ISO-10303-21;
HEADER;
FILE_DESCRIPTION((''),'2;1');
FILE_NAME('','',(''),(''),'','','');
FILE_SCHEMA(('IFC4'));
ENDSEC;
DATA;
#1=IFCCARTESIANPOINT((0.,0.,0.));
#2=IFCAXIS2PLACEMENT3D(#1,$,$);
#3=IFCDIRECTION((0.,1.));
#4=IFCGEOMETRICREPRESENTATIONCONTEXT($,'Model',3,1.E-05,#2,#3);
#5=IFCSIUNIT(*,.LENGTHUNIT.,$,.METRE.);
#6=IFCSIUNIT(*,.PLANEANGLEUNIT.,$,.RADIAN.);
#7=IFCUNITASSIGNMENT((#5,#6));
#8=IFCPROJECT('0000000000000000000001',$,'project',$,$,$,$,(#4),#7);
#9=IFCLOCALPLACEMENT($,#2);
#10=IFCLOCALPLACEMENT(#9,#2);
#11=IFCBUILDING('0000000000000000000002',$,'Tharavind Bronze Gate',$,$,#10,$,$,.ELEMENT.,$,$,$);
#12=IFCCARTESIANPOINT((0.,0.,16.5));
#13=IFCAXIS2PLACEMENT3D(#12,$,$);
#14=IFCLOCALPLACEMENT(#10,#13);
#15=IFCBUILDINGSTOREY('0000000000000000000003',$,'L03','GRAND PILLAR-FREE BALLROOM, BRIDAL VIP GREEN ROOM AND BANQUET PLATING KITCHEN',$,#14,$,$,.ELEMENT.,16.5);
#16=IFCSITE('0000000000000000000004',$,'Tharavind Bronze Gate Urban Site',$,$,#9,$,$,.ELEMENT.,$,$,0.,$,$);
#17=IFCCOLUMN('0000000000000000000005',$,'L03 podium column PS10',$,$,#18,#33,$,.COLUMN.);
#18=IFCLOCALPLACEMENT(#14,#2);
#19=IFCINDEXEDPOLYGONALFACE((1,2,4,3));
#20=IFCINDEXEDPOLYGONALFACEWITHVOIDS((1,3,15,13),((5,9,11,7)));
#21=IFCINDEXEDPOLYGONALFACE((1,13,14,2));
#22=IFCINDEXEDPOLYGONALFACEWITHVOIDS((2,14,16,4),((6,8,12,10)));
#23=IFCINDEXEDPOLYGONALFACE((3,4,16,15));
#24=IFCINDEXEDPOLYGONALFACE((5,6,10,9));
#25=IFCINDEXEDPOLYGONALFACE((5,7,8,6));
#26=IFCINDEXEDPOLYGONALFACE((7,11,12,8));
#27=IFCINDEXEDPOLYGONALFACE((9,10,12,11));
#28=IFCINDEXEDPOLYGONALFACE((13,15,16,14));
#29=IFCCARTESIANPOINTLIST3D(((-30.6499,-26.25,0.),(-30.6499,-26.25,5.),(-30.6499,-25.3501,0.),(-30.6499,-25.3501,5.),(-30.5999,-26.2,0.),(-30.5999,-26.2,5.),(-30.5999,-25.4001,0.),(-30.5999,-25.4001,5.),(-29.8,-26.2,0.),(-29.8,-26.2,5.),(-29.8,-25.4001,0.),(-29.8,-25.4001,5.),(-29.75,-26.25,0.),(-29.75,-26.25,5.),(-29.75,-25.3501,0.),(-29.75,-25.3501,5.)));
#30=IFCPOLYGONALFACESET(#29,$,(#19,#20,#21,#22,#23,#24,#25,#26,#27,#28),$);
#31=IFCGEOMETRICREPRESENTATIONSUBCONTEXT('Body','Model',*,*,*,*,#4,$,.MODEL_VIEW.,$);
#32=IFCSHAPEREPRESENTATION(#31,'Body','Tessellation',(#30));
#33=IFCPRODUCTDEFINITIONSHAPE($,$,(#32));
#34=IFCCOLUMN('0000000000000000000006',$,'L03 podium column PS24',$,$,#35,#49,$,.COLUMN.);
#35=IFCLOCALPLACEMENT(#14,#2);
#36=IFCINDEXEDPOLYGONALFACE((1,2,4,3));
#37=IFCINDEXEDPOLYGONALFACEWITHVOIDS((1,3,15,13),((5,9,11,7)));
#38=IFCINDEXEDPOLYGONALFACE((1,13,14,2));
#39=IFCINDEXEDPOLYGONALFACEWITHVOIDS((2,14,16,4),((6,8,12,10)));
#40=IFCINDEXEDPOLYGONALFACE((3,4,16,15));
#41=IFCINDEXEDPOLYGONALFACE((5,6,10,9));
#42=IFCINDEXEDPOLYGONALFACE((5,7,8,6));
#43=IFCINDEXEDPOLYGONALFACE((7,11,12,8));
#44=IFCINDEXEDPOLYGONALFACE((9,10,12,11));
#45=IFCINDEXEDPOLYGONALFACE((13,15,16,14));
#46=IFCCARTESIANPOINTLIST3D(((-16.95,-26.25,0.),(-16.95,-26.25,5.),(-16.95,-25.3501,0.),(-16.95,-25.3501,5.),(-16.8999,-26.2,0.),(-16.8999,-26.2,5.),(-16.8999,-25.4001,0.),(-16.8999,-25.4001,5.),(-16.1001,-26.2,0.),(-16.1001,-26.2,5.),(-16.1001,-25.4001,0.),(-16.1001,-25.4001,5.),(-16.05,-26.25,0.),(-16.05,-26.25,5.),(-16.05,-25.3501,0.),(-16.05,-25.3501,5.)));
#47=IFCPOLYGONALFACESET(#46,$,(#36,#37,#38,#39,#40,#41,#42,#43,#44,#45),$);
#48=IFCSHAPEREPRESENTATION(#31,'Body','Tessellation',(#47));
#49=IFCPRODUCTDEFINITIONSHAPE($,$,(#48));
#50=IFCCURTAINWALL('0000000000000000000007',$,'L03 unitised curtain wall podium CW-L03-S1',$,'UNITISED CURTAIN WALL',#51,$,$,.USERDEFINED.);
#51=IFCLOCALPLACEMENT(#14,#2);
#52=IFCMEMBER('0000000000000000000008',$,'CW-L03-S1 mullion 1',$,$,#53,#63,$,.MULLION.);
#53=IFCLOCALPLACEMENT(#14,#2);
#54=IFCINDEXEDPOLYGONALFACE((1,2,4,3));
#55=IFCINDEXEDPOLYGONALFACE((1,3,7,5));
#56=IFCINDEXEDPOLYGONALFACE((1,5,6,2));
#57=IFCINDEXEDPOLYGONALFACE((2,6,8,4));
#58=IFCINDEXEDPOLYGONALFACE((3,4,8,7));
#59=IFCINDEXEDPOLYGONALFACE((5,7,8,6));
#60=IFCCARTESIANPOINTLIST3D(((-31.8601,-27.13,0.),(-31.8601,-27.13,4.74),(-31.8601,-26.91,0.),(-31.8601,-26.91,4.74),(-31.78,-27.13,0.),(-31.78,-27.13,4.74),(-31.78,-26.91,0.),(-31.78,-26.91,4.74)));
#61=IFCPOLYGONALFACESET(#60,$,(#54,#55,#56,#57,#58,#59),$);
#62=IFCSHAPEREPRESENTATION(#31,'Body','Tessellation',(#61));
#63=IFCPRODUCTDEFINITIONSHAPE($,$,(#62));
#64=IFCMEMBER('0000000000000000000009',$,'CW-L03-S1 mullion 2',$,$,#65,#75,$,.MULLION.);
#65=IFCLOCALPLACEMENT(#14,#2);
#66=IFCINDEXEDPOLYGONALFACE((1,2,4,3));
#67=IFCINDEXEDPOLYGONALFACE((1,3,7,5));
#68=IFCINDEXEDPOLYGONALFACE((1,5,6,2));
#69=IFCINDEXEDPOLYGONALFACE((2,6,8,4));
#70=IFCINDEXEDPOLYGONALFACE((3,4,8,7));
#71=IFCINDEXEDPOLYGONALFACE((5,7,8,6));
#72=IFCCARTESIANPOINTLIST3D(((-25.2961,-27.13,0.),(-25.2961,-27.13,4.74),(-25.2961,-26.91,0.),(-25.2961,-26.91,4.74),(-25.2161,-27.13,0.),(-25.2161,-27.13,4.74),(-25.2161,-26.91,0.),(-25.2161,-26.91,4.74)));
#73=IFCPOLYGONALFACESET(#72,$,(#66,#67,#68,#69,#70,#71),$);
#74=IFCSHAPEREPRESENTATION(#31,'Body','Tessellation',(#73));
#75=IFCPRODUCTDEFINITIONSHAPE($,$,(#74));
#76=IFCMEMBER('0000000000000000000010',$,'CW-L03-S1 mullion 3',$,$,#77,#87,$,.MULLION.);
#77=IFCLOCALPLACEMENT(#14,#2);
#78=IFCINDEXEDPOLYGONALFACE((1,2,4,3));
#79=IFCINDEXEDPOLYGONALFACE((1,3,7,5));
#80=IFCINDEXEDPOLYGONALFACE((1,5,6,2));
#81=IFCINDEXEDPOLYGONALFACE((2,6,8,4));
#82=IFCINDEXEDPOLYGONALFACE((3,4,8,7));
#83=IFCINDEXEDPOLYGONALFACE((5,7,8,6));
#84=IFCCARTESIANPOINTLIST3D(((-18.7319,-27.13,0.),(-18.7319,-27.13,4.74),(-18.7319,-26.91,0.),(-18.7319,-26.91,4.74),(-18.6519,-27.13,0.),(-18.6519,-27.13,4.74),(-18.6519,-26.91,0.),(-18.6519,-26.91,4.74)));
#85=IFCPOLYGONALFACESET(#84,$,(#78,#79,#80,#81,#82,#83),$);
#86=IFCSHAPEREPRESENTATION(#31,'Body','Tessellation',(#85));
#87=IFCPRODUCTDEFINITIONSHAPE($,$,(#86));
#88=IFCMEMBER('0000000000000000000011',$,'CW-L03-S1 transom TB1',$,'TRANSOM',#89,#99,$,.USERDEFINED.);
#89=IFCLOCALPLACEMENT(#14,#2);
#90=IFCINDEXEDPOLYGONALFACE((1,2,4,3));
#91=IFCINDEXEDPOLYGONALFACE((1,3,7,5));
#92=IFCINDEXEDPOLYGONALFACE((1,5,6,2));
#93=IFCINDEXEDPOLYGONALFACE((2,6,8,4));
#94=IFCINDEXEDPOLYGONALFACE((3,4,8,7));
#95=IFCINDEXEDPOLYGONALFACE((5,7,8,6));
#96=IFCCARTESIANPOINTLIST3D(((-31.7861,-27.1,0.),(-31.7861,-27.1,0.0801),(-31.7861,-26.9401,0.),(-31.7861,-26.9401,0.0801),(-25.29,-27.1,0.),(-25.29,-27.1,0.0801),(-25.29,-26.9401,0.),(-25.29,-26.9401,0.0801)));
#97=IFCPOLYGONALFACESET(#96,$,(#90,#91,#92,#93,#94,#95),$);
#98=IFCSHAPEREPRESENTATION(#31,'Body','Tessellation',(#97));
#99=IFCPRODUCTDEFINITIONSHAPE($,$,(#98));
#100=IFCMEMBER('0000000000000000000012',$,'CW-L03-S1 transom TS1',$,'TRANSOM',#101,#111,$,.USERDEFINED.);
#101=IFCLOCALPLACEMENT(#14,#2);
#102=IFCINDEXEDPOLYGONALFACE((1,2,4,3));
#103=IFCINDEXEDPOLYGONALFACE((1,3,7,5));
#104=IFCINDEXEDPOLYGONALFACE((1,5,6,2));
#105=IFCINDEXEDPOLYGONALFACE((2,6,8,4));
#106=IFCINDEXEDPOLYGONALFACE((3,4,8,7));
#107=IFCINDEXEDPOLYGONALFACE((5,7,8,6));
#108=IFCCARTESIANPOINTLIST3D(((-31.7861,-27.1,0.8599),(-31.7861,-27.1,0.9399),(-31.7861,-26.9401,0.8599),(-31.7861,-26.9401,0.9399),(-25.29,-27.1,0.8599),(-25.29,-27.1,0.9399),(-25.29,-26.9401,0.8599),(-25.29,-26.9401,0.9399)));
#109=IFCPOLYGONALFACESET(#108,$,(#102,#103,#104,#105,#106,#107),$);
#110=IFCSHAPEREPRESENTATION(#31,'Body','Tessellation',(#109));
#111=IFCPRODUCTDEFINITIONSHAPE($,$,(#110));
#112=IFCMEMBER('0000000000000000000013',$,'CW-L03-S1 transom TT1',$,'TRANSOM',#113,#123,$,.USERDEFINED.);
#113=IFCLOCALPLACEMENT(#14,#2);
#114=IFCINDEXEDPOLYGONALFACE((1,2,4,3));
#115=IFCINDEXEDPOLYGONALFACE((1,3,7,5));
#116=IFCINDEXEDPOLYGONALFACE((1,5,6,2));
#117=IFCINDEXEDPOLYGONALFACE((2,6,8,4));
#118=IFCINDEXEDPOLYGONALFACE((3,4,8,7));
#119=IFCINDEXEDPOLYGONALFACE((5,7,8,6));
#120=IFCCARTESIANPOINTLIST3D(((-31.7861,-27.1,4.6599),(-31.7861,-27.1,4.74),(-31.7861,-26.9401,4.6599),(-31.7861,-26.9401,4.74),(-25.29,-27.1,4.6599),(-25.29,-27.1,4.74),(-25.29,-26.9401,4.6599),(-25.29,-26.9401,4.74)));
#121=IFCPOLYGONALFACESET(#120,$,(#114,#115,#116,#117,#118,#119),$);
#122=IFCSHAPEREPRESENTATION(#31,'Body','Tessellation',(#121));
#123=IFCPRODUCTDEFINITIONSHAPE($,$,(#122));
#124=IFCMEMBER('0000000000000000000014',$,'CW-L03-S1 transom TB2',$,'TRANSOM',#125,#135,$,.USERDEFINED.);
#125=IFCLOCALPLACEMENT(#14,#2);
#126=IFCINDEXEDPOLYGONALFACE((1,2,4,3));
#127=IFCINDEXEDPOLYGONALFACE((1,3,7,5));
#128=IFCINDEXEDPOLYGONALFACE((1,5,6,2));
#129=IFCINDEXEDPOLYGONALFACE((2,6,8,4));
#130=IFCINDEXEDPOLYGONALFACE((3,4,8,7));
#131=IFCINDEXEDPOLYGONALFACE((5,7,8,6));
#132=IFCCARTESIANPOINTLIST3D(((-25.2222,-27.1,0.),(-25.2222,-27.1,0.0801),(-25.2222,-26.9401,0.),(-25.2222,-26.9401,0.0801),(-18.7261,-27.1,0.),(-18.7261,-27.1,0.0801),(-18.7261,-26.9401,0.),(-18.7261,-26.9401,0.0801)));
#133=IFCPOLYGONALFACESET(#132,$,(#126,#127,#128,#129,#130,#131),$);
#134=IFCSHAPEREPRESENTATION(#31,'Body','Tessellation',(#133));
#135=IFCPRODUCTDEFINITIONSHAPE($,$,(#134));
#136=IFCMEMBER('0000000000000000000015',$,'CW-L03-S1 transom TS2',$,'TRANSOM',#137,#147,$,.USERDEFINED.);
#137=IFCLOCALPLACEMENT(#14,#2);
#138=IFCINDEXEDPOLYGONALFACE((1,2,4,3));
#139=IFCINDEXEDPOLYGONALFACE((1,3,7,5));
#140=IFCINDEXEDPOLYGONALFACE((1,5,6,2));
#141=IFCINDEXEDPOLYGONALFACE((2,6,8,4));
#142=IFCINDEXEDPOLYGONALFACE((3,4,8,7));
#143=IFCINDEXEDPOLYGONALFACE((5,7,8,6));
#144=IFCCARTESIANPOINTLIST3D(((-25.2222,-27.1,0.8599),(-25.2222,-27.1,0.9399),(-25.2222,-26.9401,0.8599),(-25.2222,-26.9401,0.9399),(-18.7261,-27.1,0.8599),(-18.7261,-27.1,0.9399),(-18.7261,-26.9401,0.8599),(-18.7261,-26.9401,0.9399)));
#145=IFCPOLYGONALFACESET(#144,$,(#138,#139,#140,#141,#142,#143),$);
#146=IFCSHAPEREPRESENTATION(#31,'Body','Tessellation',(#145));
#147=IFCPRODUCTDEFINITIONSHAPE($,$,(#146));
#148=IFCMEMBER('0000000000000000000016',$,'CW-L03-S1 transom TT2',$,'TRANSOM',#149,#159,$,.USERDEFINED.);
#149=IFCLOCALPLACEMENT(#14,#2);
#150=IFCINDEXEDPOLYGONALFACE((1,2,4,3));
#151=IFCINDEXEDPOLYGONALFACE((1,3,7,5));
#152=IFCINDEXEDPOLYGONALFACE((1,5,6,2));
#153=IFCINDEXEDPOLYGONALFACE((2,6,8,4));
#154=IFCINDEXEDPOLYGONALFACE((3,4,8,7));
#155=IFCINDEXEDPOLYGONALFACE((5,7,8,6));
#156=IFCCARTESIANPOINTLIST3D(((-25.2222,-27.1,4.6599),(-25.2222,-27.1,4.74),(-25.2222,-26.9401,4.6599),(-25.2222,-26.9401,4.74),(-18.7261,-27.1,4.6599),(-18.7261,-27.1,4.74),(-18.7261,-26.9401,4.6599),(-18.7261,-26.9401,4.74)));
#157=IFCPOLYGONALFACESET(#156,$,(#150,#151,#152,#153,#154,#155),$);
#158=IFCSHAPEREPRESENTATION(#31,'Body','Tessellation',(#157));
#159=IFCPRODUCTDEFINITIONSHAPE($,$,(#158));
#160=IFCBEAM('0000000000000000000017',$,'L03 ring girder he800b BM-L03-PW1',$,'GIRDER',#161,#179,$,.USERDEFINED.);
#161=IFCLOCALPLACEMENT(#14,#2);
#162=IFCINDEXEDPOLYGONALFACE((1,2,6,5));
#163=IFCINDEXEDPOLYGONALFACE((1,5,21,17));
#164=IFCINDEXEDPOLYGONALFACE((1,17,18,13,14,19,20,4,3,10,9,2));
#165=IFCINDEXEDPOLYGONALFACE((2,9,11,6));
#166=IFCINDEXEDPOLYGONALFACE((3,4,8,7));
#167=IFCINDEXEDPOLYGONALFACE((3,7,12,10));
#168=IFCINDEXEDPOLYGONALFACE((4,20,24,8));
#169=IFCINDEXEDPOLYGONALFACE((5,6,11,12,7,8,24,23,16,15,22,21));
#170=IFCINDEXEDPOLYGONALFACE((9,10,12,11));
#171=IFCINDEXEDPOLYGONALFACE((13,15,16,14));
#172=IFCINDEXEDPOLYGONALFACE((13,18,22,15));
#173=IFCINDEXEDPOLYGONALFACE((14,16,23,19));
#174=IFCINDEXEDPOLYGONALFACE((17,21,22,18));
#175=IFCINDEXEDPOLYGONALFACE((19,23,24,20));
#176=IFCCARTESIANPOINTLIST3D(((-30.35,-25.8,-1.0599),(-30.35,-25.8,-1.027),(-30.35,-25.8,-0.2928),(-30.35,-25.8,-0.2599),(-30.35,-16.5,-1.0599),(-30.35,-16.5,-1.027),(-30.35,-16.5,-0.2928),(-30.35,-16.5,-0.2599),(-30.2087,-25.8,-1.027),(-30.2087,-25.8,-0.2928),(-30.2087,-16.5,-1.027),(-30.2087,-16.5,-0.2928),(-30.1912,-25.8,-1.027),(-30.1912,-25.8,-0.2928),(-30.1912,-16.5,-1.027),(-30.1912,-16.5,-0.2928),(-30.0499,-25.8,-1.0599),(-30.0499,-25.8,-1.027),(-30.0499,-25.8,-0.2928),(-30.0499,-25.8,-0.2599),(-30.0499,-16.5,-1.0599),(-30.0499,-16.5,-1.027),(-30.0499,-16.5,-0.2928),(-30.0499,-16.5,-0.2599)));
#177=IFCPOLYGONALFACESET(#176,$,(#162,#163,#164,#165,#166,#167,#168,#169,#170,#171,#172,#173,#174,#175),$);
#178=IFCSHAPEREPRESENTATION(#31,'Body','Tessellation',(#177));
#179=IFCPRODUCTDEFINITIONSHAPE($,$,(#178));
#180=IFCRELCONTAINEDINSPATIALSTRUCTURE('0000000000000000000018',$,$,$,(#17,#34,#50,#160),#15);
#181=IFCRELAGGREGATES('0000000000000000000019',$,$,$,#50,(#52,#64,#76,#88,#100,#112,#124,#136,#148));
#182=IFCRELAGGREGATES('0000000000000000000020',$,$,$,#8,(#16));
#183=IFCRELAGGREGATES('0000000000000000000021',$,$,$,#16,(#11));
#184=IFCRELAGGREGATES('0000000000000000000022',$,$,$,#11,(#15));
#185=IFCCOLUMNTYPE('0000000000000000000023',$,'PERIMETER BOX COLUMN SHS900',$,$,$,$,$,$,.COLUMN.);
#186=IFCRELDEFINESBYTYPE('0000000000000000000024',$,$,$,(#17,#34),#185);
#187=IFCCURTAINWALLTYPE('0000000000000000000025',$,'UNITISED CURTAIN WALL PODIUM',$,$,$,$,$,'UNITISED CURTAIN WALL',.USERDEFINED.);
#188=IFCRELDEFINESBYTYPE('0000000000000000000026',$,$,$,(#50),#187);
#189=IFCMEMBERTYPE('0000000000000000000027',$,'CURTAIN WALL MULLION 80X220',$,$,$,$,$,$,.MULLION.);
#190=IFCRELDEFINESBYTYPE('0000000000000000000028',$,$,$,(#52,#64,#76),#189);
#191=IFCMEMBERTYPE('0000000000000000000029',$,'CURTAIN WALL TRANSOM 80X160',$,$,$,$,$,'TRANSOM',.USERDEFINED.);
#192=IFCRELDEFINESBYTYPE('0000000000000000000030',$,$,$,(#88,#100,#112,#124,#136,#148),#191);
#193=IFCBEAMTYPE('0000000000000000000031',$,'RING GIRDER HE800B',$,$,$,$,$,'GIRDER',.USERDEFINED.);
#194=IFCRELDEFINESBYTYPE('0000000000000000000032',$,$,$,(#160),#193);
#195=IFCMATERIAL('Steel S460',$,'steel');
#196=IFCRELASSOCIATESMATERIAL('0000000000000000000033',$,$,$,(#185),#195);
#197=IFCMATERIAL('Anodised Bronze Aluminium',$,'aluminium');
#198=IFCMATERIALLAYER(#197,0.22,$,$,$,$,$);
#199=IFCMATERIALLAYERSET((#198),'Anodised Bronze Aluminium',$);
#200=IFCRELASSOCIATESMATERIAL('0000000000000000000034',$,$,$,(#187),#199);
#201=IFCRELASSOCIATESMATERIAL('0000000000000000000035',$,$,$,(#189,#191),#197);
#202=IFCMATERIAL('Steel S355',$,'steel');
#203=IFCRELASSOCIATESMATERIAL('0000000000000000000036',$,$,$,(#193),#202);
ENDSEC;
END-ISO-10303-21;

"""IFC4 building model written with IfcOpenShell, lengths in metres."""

from ifc_helpers import new_model, si_unit, direction, frame, origin, origin_2d, place, context, subcontext, project, spatial, rectangle, hollow_rectangle, i_section, extrude, material, layer, layer_set, material_profile, profile_set, type_object, element, aggregate, save


model = new_model("IFC4")

# Units and contexts
model_context = context("Model", 3, precision=1e-05, world=origin(), true_north=direction((0.0, 1.0)))
body_context = subcontext(model_context, "Body", "Model", "MODEL_VIEW")
ifc_project = project(units=[si_unit("LENGTHUNIT", "METRE"), si_unit("PLANEANGLEUNIT", "RADIAN")], contexts=[model_context])

# Site, building, storey
site_placement = place(None, origin())
site = spatial("IfcSite", under=ifc_project, at=site_placement, Name="Tharavind Bronze Gate Urban Site", CompositionType="ELEMENT", RefElevation=0.0)
building_placement = place(site_placement, origin())
building = spatial("IfcBuilding", under=site, at=building_placement, Name="Tharavind Bronze Gate", CompositionType="ELEMENT")
storey_placement = place(building_placement, frame((0.0, 0.0, 16.5)))
storey = spatial("IfcBuildingStorey", under=building, at=storey_placement, Name="L03", Description="GRAND PILLAR-FREE BALLROOM, BRIDAL VIP GREEN ROOM AND BANQUET PLATING KITCHEN", CompositionType="ELEMENT", Elevation=16.5)

# Columns
ifc_material_1 = material(Name="Steel S460", Category="steel")
ifc_material_profile_1 = material_profile(ifc_material_1, hollow_rectangle(XDim=0.8999, YDim=0.8999, WallThickness=0.05, at=origin_2d()), Name="SHS900X50")
ifc_profile_set_1 = profile_set([ifc_material_profile_1], Name="Steel S460")
column_type = type_object("IfcColumnType", Name="PERIMETER BOX COLUMN SHS900", PredefinedType="COLUMN", material=ifc_profile_set_1)
for number, where, z_axis, x_axis, name in (
    (1, (-30.2, -25.8, 0.0), (0.0, 0.0, 1.0), (1.0, 0.0, 0.0), "L03 podium column PS10"),
    (2, (-16.5, -25.8, 0.0), (0.0, 0.0, 1.0), (1.0, 0.0, 0.0), "L03 podium column PS24"),
):
    element("IfcColumn", number, at=place(storey_placement, frame(where, z_axis=z_axis, x_axis=x_axis)), inside=storey, type_object=column_type, Name=name, PredefinedType="COLUMN", context=body_context, shape_type="SweptSolid", body=[
        extrude(hollow_rectangle(XDim=0.8999, YDim=0.8999, WallThickness=0.05, at=origin_2d()), origin(), (0.0, 0.0, 1.0), 5.0),
    ])

# Curtain wall, members
ifc_material_2 = material(Name="Anodised Bronze Aluminium", Category="aluminium")
ifc_layer_1 = layer(ifc_material_2, 0.22)
ifc_layer_set_1 = layer_set([ifc_layer_1], Name="Anodised Bronze Aluminium")
curtain_wall_type = type_object("IfcCurtainWallType", Name="UNITISED CURTAIN WALL PODIUM", ElementType="UNITISED CURTAIN WALL", PredefinedType="USERDEFINED", material=ifc_layer_set_1)
curtain_wall_placement = place(storey_placement, origin())
curtain_wall = element("IfcCurtainWall", 3, at=curtain_wall_placement, inside=storey, type_object=curtain_wall_type, Name="L03 unitised curtain wall podium CW-L03-S1", ObjectType="UNITISED CURTAIN WALL", PredefinedType="USERDEFINED")
member_type_1 = type_object("IfcMemberType", Name="CURTAIN WALL MULLION 80X220", PredefinedType="MULLION", material=ifc_material_2)
member_1_placement = place(storey_placement, frame((-31.8201, -27.02, 0.0), z_axis=(0.0, 0.0, 1.0), x_axis=(1.0, 0.0, 0.0)))
member_1 = element("IfcMember", 4, at=member_1_placement, type_object=member_type_1, Name="CW-L03-S1 mullion 1", PredefinedType="MULLION", context=body_context, shape_type="SweptSolid", body=[
    extrude(rectangle(XDim=0.0801, YDim=0.22, at=origin_2d()), origin(), (0.0, 0.0, 1.0), 4.74),
])
member_2_placement = place(storey_placement, frame((-25.2561, -27.02, 0.0), z_axis=(0.0, 0.0, 1.0), x_axis=(1.0, 0.0, 0.0)))
member_2 = element("IfcMember", 5, at=member_2_placement, type_object=member_type_1, Name="CW-L03-S1 mullion 2", PredefinedType="MULLION", context=body_context, shape_type="SweptSolid", body=[
    extrude(rectangle(XDim=0.0801, YDim=0.22, at=origin_2d()), origin(), (0.0, 0.0, 1.0), 4.74),
])
member_3_placement = place(storey_placement, frame((-18.6919, -27.02, 0.0), z_axis=(0.0, 0.0, 1.0), x_axis=(1.0, 0.0, 0.0)))
member_3 = element("IfcMember", 6, at=member_3_placement, type_object=member_type_1, Name="CW-L03-S1 mullion 3", PredefinedType="MULLION", context=body_context, shape_type="SweptSolid", body=[
    extrude(rectangle(XDim=0.0801, YDim=0.22, at=origin_2d()), origin(), (0.0, 0.0, 1.0), 4.74),
])
member_type_2 = type_object("IfcMemberType", Name="CURTAIN WALL TRANSOM 80X160", ElementType="TRANSOM", PredefinedType="USERDEFINED", material=ifc_material_2)
member_4_placement = place(storey_placement, frame((-28.5381, -27.02, 0.0), z_axis=(0.0, 0.0, 1.0), x_axis=(1.0, 0.0, 0.0)))
member_4 = element("IfcMember", 7, at=member_4_placement, type_object=member_type_2, Name="CW-L03-S1 transom TB1", ObjectType="TRANSOM", PredefinedType="USERDEFINED", context=body_context, shape_type="SweptSolid", body=[
    extrude(rectangle(XDim=6.4961, YDim=0.1599, at=origin_2d()), origin(), (0.0, 0.0, 1.0), 0.0801),
])
member_5_placement = place(storey_placement, frame((-28.5381, -27.02, 0.8599), z_axis=(0.0, 0.0, 1.0), x_axis=(1.0, 0.0, 0.0)))
member_5 = element("IfcMember", 8, at=member_5_placement, type_object=member_type_2, Name="CW-L03-S1 transom TS1", ObjectType="TRANSOM", PredefinedType="USERDEFINED", context=body_context, shape_type="SweptSolid", body=[
    extrude(rectangle(XDim=6.4961, YDim=0.1599, at=origin_2d()), origin(), (0.0, 0.0, 1.0), 0.0801),
])
member_6_placement = place(storey_placement, frame((-28.5381, -27.02, 4.6599), z_axis=(0.0, 0.0, 1.0), x_axis=(1.0, 0.0, 0.0)))
member_6 = element("IfcMember", 9, at=member_6_placement, type_object=member_type_2, Name="CW-L03-S1 transom TT1", ObjectType="TRANSOM", PredefinedType="USERDEFINED", context=body_context, shape_type="SweptSolid", body=[
    extrude(rectangle(XDim=6.4961, YDim=0.1599, at=origin_2d()), origin(), (0.0, 0.0, 1.0), 0.0801),
])
member_7_placement = place(storey_placement, frame((-21.9741, -27.02, 0.0), z_axis=(0.0, 0.0, 1.0), x_axis=(1.0, 0.0, 0.0)))
member_7 = element("IfcMember", 10, at=member_7_placement, type_object=member_type_2, Name="CW-L03-S1 transom TB2", ObjectType="TRANSOM", PredefinedType="USERDEFINED", context=body_context, shape_type="SweptSolid", body=[
    extrude(rectangle(XDim=6.4961, YDim=0.1599, at=origin_2d()), origin(), (0.0, 0.0, 1.0), 0.0801),
])
member_8_placement = place(storey_placement, frame((-21.9741, -27.02, 0.8599), z_axis=(0.0, 0.0, 1.0), x_axis=(1.0, 0.0, 0.0)))
member_8 = element("IfcMember", 11, at=member_8_placement, type_object=member_type_2, Name="CW-L03-S1 transom TS2", ObjectType="TRANSOM", PredefinedType="USERDEFINED", context=body_context, shape_type="SweptSolid", body=[
    extrude(rectangle(XDim=6.4961, YDim=0.1599, at=origin_2d()), origin(), (0.0, 0.0, 1.0), 0.0801),
])
member_9_placement = place(storey_placement, frame((-21.9741, -27.02, 4.6599), z_axis=(0.0, 0.0, 1.0), x_axis=(1.0, 0.0, 0.0)))
member_9 = element("IfcMember", 12, at=member_9_placement, type_object=member_type_2, Name="CW-L03-S1 transom TT2", ObjectType="TRANSOM", PredefinedType="USERDEFINED", context=body_context, shape_type="SweptSolid", body=[
    extrude(rectangle(XDim=6.4961, YDim=0.1599, at=origin_2d()), origin(), (0.0, 0.0, 1.0), 0.0801),
])

# Beam
ifc_material_3 = material(Name="Steel S355", Category="steel")
ifc_material_profile_2 = material_profile(ifc_material_3, i_section(OverallWidth=0.3, OverallDepth=0.8, WebThickness=0.0176, FlangeThickness=0.033, at=origin_2d()), Name="HE800B")
ifc_profile_set_2 = profile_set([ifc_material_profile_2], Name="Steel S355")
beam_type_1 = type_object("IfcBeamType", Name="RING GIRDER HE800B", ElementType="GIRDER", PredefinedType="USERDEFINED", material=ifc_profile_set_2)
beam_1_placement = place(storey_placement, frame((-30.2, -25.8, -0.6599), z_axis=(0.0, 1.0, 0.0), x_axis=(-1.0, 0.0, 0.0)))
element("IfcBeam", 13, at=beam_1_placement, inside=storey, type_object=beam_type_1, Name="L03 ring girder he800b BM-L03-PW1", ObjectType="GIRDER", PredefinedType="USERDEFINED", context=body_context, shape_type="SweptSolid", body=[
    extrude(i_section(OverallWidth=0.3, OverallDepth=0.8, WebThickness=0.0176, FlangeThickness=0.033, at=origin_2d()), origin(), (0.0, 0.0, 1.0), 9.3),
])

aggregate(curtain_wall, [member_1, member_2, member_3, member_4, member_5, member_6, member_7, member_8, member_9])

save(model, "model.ifc")
